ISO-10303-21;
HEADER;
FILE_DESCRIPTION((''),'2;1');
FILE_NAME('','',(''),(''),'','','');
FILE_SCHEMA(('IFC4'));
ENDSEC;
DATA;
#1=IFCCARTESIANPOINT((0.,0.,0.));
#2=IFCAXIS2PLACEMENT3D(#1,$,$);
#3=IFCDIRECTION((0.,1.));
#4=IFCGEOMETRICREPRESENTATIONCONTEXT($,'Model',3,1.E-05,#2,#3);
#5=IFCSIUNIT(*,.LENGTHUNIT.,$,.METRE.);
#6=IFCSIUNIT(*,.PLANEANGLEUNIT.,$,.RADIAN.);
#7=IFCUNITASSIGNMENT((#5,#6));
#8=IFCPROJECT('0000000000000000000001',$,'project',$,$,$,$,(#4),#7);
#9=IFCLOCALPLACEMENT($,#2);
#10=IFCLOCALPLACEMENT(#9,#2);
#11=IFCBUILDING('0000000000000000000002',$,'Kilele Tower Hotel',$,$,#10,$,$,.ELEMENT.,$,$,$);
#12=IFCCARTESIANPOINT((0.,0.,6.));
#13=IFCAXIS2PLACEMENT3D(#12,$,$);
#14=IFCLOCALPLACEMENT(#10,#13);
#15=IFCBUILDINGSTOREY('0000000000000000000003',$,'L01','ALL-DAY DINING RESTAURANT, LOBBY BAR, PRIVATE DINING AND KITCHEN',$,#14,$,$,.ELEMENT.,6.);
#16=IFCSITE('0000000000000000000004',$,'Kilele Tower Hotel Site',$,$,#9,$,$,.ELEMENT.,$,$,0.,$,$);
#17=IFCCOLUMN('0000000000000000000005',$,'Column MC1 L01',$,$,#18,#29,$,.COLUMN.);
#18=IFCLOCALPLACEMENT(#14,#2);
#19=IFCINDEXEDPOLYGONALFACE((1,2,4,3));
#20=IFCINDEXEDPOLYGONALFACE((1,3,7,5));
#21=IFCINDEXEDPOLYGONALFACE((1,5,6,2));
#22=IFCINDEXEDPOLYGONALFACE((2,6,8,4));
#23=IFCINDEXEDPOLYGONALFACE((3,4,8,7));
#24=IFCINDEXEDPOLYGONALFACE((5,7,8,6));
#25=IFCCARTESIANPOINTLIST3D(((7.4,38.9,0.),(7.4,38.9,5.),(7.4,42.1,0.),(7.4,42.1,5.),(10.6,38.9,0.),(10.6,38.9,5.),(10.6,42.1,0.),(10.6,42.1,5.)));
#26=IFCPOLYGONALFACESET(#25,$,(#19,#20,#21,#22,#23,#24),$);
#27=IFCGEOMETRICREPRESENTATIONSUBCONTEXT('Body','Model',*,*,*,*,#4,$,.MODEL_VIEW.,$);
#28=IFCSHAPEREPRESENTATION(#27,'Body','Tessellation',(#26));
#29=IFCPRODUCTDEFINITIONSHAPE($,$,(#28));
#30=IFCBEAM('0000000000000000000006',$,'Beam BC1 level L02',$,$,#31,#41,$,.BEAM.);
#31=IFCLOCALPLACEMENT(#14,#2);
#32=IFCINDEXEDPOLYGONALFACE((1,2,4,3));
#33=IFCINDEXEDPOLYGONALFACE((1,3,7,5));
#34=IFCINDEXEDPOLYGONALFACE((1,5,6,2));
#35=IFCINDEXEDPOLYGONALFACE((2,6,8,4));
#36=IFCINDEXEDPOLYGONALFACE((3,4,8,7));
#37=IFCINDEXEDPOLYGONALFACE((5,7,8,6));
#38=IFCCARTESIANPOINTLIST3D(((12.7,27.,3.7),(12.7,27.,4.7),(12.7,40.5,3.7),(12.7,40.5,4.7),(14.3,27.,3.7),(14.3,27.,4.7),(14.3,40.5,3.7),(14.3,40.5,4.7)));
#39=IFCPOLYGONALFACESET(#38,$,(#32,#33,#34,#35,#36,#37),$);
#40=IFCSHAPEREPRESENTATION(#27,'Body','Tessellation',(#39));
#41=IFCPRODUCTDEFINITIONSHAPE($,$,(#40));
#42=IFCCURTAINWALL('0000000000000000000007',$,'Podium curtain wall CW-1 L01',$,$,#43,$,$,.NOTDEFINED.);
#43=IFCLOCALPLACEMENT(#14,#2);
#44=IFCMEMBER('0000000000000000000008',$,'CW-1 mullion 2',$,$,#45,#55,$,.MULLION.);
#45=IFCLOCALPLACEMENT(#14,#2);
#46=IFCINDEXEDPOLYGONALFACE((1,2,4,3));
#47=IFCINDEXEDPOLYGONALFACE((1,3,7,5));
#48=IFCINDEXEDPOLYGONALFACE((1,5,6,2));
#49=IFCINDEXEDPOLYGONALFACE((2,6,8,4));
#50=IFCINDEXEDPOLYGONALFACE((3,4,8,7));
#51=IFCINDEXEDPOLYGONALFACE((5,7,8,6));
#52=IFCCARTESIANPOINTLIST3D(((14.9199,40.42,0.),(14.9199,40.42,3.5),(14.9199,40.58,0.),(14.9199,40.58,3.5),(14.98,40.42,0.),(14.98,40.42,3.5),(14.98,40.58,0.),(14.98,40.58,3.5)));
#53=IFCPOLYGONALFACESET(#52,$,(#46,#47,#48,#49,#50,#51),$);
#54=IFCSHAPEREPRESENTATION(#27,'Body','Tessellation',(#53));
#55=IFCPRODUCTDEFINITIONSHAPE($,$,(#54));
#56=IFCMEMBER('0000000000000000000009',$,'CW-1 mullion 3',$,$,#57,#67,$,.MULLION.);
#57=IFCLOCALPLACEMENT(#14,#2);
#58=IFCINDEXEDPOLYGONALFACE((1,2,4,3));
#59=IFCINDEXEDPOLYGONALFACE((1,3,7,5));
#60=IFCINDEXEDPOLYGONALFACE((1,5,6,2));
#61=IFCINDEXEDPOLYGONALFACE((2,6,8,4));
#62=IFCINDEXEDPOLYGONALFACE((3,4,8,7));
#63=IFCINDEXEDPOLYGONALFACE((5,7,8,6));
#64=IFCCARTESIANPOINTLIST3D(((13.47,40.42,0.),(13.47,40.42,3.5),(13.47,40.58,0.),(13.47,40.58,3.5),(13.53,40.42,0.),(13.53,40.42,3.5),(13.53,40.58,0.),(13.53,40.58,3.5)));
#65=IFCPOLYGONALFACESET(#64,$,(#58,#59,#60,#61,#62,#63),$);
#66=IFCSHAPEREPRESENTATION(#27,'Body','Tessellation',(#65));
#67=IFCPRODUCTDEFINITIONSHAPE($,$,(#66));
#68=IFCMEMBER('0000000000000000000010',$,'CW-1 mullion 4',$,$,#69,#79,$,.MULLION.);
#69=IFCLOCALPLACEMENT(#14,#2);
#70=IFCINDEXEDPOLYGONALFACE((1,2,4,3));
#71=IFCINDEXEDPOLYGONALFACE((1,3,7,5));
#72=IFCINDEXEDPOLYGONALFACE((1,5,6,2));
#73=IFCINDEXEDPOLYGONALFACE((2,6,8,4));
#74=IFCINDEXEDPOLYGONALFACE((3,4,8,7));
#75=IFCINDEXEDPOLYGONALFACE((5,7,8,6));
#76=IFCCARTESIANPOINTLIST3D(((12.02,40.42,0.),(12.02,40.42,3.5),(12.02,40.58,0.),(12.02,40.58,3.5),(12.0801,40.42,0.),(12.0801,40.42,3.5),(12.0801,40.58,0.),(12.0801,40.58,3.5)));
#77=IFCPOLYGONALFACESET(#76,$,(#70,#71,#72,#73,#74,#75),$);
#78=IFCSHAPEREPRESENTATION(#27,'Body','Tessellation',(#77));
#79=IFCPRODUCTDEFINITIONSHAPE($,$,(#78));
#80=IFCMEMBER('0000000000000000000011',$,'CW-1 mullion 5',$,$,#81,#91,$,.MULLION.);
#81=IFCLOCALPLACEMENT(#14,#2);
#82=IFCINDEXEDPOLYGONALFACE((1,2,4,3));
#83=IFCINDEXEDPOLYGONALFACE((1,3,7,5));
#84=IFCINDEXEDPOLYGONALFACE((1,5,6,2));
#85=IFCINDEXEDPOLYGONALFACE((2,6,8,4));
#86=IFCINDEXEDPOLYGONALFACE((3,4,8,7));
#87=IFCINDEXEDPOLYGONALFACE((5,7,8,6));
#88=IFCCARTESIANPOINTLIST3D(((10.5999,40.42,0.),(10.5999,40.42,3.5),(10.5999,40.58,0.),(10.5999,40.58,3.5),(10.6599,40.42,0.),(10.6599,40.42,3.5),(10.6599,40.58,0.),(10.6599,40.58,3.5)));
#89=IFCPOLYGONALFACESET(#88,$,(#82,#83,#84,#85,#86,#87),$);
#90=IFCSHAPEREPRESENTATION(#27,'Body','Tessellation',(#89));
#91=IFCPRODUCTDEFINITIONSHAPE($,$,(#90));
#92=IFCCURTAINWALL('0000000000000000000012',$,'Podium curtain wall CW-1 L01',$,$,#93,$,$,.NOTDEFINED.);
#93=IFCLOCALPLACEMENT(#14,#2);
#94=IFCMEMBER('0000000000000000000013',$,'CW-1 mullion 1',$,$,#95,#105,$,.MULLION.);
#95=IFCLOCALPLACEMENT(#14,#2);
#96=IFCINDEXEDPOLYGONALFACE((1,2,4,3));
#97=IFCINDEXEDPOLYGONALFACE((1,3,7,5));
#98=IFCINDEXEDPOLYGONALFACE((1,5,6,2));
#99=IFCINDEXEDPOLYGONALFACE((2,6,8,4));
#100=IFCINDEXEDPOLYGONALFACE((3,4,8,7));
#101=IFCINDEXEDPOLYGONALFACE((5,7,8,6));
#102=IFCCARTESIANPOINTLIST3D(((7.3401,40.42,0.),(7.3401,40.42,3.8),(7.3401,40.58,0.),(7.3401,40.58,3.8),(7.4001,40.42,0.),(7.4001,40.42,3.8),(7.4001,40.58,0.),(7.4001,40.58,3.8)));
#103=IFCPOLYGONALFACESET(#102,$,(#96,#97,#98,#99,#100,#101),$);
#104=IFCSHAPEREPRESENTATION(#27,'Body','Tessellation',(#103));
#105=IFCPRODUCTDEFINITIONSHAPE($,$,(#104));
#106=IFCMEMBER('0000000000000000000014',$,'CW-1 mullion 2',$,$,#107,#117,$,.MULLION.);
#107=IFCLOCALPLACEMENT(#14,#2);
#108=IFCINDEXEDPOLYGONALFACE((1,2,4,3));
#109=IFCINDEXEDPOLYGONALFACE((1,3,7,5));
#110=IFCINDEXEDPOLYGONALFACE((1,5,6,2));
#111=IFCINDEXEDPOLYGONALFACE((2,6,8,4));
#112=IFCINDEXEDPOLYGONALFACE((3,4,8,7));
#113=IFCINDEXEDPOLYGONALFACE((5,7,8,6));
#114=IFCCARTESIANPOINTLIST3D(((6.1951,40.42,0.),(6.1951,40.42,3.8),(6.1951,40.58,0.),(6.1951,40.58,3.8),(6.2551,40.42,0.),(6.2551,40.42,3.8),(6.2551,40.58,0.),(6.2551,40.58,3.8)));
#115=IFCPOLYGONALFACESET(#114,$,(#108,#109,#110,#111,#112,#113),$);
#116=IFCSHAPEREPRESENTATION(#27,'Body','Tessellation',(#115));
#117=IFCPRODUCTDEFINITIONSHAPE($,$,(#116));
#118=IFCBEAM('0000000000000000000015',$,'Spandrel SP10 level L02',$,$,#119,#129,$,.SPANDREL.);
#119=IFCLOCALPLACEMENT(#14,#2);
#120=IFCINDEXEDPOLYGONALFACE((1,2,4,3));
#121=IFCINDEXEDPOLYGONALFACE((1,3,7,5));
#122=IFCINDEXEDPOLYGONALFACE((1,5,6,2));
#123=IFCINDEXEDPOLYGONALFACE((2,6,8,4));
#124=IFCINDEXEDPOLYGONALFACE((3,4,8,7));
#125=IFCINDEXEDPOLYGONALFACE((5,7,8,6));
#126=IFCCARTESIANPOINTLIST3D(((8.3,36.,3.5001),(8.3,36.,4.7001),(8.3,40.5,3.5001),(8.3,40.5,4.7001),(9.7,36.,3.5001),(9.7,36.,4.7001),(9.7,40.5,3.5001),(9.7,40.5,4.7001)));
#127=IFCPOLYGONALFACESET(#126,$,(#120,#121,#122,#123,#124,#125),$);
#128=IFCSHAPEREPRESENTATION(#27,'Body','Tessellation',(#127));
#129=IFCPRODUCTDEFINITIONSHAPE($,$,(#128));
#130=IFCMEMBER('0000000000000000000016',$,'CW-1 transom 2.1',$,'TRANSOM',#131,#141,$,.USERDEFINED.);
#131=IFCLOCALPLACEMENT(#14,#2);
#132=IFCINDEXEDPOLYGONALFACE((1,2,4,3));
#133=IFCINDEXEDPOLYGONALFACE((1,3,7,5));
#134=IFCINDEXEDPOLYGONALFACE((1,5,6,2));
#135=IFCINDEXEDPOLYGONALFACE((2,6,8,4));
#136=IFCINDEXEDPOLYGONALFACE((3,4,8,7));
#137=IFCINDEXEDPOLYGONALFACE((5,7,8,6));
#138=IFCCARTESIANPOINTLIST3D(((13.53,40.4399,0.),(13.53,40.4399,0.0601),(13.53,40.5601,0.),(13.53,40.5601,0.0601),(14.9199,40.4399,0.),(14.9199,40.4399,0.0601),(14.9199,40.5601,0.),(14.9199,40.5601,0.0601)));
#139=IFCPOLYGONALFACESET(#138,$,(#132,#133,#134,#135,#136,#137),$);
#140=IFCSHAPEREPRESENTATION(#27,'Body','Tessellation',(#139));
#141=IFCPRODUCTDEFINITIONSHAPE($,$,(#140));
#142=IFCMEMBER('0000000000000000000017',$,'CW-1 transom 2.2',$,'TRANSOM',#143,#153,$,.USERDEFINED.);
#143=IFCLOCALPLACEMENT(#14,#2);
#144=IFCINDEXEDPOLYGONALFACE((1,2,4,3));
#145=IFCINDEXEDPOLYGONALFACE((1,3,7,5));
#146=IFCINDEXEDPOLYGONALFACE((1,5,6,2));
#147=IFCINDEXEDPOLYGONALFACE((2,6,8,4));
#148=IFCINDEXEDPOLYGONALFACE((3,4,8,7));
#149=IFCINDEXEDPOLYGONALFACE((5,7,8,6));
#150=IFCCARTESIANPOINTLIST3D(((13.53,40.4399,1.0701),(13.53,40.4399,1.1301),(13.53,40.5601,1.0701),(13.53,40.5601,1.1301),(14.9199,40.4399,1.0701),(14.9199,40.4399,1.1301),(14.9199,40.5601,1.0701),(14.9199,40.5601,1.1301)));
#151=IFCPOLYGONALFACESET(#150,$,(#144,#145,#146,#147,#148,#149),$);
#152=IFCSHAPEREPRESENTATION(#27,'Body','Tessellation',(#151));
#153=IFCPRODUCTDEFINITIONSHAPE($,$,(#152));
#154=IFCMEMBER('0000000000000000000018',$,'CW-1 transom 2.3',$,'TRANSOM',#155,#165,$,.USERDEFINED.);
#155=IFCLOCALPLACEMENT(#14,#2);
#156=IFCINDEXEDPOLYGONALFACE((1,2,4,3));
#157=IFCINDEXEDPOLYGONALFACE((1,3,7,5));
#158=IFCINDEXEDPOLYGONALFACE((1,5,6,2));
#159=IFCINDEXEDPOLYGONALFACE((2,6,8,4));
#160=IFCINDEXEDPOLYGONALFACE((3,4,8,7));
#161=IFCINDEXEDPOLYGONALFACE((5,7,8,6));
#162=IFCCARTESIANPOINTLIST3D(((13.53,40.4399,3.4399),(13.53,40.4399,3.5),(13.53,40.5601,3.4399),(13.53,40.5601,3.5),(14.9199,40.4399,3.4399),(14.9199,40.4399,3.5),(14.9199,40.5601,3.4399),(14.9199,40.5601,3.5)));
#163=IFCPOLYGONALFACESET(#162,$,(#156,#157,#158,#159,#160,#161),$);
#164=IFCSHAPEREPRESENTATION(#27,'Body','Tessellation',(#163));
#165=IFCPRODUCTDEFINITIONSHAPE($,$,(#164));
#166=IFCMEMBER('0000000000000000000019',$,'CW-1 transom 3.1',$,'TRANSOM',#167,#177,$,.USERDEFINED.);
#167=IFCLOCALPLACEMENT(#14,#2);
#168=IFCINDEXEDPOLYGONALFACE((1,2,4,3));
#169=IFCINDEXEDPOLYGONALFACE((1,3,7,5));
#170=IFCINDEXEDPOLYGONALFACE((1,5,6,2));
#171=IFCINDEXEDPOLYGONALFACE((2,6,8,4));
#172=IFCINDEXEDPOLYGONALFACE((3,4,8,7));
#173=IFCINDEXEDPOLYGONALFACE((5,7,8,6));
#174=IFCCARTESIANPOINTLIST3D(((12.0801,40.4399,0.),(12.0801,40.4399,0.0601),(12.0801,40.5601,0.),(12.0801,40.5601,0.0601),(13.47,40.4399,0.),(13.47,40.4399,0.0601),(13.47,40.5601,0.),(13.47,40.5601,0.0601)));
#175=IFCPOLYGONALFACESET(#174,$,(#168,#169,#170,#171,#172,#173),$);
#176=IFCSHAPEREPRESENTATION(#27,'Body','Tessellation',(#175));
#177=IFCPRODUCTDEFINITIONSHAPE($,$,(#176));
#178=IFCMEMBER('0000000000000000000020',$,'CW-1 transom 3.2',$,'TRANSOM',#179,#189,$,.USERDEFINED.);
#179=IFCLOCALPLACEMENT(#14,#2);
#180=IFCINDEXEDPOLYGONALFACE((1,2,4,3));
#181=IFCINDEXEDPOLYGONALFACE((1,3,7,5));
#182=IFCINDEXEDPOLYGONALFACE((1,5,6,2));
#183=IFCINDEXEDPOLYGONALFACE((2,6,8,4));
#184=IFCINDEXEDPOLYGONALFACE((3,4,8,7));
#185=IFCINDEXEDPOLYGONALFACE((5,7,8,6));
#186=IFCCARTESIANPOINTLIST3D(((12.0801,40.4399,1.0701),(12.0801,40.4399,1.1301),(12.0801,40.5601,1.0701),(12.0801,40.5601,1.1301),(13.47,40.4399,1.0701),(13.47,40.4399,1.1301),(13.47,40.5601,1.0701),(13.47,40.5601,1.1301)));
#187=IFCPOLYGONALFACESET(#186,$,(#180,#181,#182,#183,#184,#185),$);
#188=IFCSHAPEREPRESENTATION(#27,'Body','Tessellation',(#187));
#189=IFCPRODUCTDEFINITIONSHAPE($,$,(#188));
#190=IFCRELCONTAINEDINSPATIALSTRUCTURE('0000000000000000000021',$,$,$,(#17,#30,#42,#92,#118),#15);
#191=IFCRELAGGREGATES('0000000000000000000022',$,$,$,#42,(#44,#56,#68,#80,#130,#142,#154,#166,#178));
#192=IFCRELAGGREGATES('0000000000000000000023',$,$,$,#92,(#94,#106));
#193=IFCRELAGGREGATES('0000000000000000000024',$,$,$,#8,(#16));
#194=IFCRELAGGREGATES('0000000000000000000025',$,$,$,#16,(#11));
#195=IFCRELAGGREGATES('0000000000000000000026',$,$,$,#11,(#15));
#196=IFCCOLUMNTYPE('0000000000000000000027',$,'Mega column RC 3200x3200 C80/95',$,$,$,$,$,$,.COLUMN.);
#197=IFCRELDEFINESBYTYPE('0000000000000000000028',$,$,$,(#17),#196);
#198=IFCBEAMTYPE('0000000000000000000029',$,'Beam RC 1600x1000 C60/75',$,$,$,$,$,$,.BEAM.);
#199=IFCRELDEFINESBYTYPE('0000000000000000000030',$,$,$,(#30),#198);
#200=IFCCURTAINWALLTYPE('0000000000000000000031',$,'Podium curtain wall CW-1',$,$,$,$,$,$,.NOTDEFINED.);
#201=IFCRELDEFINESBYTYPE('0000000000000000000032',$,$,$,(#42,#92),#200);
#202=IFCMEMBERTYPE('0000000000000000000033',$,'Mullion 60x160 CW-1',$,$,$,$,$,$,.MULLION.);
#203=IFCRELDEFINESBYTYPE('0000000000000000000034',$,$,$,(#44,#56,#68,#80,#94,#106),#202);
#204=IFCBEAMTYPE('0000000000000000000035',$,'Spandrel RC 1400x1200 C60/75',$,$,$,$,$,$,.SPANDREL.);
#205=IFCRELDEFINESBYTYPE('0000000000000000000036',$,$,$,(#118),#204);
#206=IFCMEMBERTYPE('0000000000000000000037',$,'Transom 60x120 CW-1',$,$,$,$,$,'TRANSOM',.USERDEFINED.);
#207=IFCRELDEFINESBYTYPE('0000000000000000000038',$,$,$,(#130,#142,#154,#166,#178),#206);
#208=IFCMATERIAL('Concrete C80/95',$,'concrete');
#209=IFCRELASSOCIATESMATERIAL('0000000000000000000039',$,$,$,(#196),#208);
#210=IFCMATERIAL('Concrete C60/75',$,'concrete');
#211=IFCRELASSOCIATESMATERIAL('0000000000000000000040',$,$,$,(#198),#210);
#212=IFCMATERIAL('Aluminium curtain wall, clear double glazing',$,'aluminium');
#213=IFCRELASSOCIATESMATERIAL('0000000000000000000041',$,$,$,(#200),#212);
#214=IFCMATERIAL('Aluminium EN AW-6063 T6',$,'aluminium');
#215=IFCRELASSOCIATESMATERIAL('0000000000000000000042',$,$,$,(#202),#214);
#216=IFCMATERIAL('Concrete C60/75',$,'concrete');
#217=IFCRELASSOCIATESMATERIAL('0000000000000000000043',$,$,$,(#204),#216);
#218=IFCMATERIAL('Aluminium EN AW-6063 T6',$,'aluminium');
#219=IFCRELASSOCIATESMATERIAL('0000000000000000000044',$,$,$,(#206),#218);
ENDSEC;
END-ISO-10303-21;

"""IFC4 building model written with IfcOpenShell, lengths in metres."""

from ifc_helpers import new_model, si_unit, direction, frame, origin, origin_2d, place, context, subcontext, project, spatial, rectangle, extrude, material, material_profile, profile_set, type_object, element, aggregate, save


model = new_model("IFC4")

# Units and contexts
model_context = context("Model", 3, precision=1e-05, world=origin(), true_north=direction((0.0, 1.0)))
body_context = subcontext(model_context, "Body", "Model", "MODEL_VIEW")
ifc_project = project(units=[si_unit("LENGTHUNIT", "METRE"), si_unit("PLANEANGLEUNIT", "RADIAN")], contexts=[model_context])

# Site, building, storey
site_placement = place(None, origin())
site = spatial("IfcSite", under=ifc_project, at=site_placement, Name="Kilele Tower Hotel Site", CompositionType="ELEMENT", RefElevation=0.0)
building_placement = place(site_placement, origin())
building = spatial("IfcBuilding", under=site, at=building_placement, Name="Kilele Tower Hotel", CompositionType="ELEMENT")
storey_placement = place(building_placement, frame((0.0, 0.0, 6.0)))
storey = spatial("IfcBuildingStorey", under=building, at=storey_placement, Name="L01", Description="ALL-DAY DINING RESTAURANT, LOBBY BAR, PRIVATE DINING AND KITCHEN", CompositionType="ELEMENT", Elevation=6.0)

# Column
ifc_material_1 = material(Name="Concrete C80/95", Category="concrete")
ifc_material_profile_1 = material_profile(ifc_material_1, rectangle(XDim=3.2, YDim=3.2, at=origin_2d()))
ifc_profile_set_1 = profile_set([ifc_material_profile_1], Name="Concrete C80/95")
column_type = type_object("IfcColumnType", Name="Mega column RC 3200x3200 C80/95", PredefinedType="COLUMN", material=ifc_profile_set_1)
column_placement = place(storey_placement, frame((9.0, 40.5, 0.0), z_axis=(0.0, 0.0, 1.0), x_axis=(1.0, 0.0, 0.0)))
element("IfcColumn", 1, at=column_placement, inside=storey, type_object=column_type, Name="Column MC1 L01", PredefinedType="COLUMN", context=body_context, shape_type="SweptSolid", body=[
    extrude(rectangle(XDim=3.2, YDim=3.2, at=origin_2d()), origin(), (0.0, 0.0, 1.0), 5.0),
])

# Beam
ifc_material_2 = material(Name="Concrete C60/75", Category="concrete")
ifc_material_profile_2 = material_profile(ifc_material_2, rectangle(XDim=1.6001, YDim=1.0, at=origin_2d()))
ifc_profile_set_2 = profile_set([ifc_material_profile_2], Name="Concrete C60/75")
beam_type_1 = type_object("IfcBeamType", Name="Beam RC 1600x1000 C60/75", PredefinedType="BEAM", material=ifc_profile_set_2)
beam_1_placement = place(storey_placement, frame((13.5, 40.5, 4.2), z_axis=(0.0, -1.0, 0.0), x_axis=(1.0, 0.0, 0.0)))
element("IfcBeam", 2, at=beam_1_placement, inside=storey, type_object=beam_type_1, Name="Beam BC1 level L02", PredefinedType="BEAM", context=body_context, shape_type="SweptSolid", body=[
    extrude(rectangle(XDim=1.6001, YDim=1.0, at=origin_2d()), origin(), (0.0, 0.0, 1.0), 13.5),
])

# Curtain walls, members
ifc_material_3 = material(Name="Aluminium curtain wall, clear double glazing", Category="aluminium")
curtain_wall_type = type_object("IfcCurtainWallType", Name="Podium curtain wall CW-1", PredefinedType="NOTDEFINED", material=ifc_material_3)
curtain_wall_1_placement = place(storey_placement, origin())
curtain_wall_1 = element("IfcCurtainWall", 3, at=curtain_wall_1_placement, inside=storey, type_object=curtain_wall_type, Name="Podium curtain wall CW-1 L01", PredefinedType="NOTDEFINED")
ifc_material_4 = material(Name="Aluminium EN AW-6063 T6", Category="aluminium")
ifc_material_profile_3 = material_profile(ifc_material_4, rectangle(XDim=0.1599, YDim=0.0601, at=origin_2d()))
ifc_profile_set_3 = profile_set([ifc_material_profile_3], Name="Aluminium EN AW-6063 T6")
member_type_1 = type_object("IfcMemberType", Name="Mullion 60x160 CW-1", PredefinedType="MULLION", material=ifc_profile_set_3)
member_1_placement = place(storey_placement, frame((14.95, 40.5, 0.0), z_axis=(0.0, 0.0, 1.0), x_axis=(0.0, -1.0, 0.0)))
member_1 = element("IfcMember", 4, at=member_1_placement, type_object=member_type_1, Name="CW-1 mullion 2", PredefinedType="MULLION", context=body_context, shape_type="SweptSolid", body=[
    extrude(rectangle(XDim=0.1599, YDim=0.0601, at=origin_2d()), origin(), (0.0, 0.0, 1.0), 3.5),
])
member_2_placement = place(storey_placement, frame((13.5, 40.5, 0.0), z_axis=(0.0, 0.0, 1.0), x_axis=(0.0, -1.0, 0.0)))
member_2 = element("IfcMember", 5, at=member_2_placement, type_object=member_type_1, Name="CW-1 mullion 3", PredefinedType="MULLION", context=body_context, shape_type="SweptSolid", body=[
    extrude(rectangle(XDim=0.1599, YDim=0.0601, at=origin_2d()), origin(), (0.0, 0.0, 1.0), 3.5),
])
member_3_placement = place(storey_placement, frame((12.05, 40.5, 0.0), z_axis=(0.0, 0.0, 1.0), x_axis=(0.0, -1.0, 0.0)))
member_3 = element("IfcMember", 6, at=member_3_placement, type_object=member_type_1, Name="CW-1 mullion 4", PredefinedType="MULLION", context=body_context, shape_type="SweptSolid", body=[
    extrude(rectangle(XDim=0.1599, YDim=0.0601, at=origin_2d()), origin(), (0.0, 0.0, 1.0), 3.5),
])
member_4_placement = place(storey_placement, frame((10.6299, 40.5, 0.0), z_axis=(0.0, 0.0, 1.0), x_axis=(0.0, -1.0, 0.0)))
member_4 = element("IfcMember", 7, at=member_4_placement, type_object=member_type_1, Name="CW-1 mullion 5", PredefinedType="MULLION", context=body_context, shape_type="SweptSolid", body=[
    extrude(rectangle(XDim=0.1599, YDim=0.0601, at=origin_2d()), origin(), (0.0, 0.0, 1.0), 3.5),
])
curtain_wall_2_placement = place(storey_placement, origin())
curtain_wall_2 = element("IfcCurtainWall", 8, at=curtain_wall_2_placement, inside=storey, type_object=curtain_wall_type, Name="Podium curtain wall CW-1 L01", PredefinedType="NOTDEFINED")
member_5_placement = place(storey_placement, frame((7.3701, 40.5, 0.0), z_axis=(0.0, 0.0, 1.0), x_axis=(0.0, -1.0, 0.0)))
member_5 = element("IfcMember", 9, at=member_5_placement, type_object=member_type_1, Name="CW-1 mullion 1", PredefinedType="MULLION", context=body_context, shape_type="SweptSolid", body=[
    extrude(rectangle(XDim=0.1599, YDim=0.0601, at=origin_2d()), origin(), (0.0, 0.0, 1.0), 3.8),
])
member_6_placement = place(storey_placement, frame((6.2251, 40.5, 0.0), z_axis=(0.0, 0.0, 1.0), x_axis=(0.0, -1.0, 0.0)))
member_6 = element("IfcMember", 10, at=member_6_placement, type_object=member_type_1, Name="CW-1 mullion 2", PredefinedType="MULLION", context=body_context, shape_type="SweptSolid", body=[
    extrude(rectangle(XDim=0.1599, YDim=0.0601, at=origin_2d()), origin(), (0.0, 0.0, 1.0), 3.8),
])

# Beam
ifc_material_5 = material(Name="Concrete C60/75", Category="concrete")
ifc_material_profile_4 = material_profile(ifc_material_5, rectangle(XDim=1.3999, YDim=1.2, at=origin_2d()))
ifc_profile_set_4 = profile_set([ifc_material_profile_4], Name="Concrete C60/75")
beam_type_2 = type_object("IfcBeamType", Name="Spandrel RC 1400x1200 C60/75", PredefinedType="SPANDREL", material=ifc_profile_set_4)
beam_2_placement = place(storey_placement, frame((9.0, 40.5, 4.1001), z_axis=(0.0, -1.0, 0.0), x_axis=(1.0, 0.0, 0.0)))
element("IfcBeam", 11, at=beam_2_placement, inside=storey, type_object=beam_type_2, Name="Spandrel SP10 level L02", PredefinedType="SPANDREL", context=body_context, shape_type="SweptSolid", body=[
    extrude(rectangle(XDim=1.3999, YDim=1.2, at=origin_2d()), origin(), (0.0, 0.0, 1.0), 4.5),
])

# Members
ifc_material_6 = material(Name="Aluminium EN AW-6063 T6", Category="aluminium")
ifc_material_profile_5 = material_profile(ifc_material_6, rectangle(XDim=0.1201, YDim=0.0601, at=origin_2d()))
ifc_profile_set_5 = profile_set([ifc_material_profile_5], Name="Aluminium EN AW-6063 T6")
member_type_2 = type_object("IfcMemberType", Name="Transom 60x120 CW-1", ElementType="TRANSOM", PredefinedType="USERDEFINED", material=ifc_profile_set_5)
member_7_placement = place(storey_placement, frame((14.9199, 40.5, 0.03), z_axis=(-1.0, 0.0, 0.0), x_axis=(0.0, -1.0, 0.0)))
member_7 = element("IfcMember", 12, at=member_7_placement, type_object=member_type_2, Name="CW-1 transom 2.1", ObjectType="TRANSOM", PredefinedType="USERDEFINED", context=body_context, shape_type="SweptSolid", body=[
    extrude(rectangle(XDim=0.1201, YDim=0.0601, at=origin_2d()), origin(), (0.0, 0.0, 1.0), 1.3899),
])
member_8_placement = place(storey_placement, frame((14.9199, 40.5, 1.1001), z_axis=(-1.0, 0.0, 0.0), x_axis=(0.0, -1.0, 0.0)))
member_8 = element("IfcMember", 13, at=member_8_placement, type_object=member_type_2, Name="CW-1 transom 2.2", ObjectType="TRANSOM", PredefinedType="USERDEFINED", context=body_context, shape_type="SweptSolid", body=[
    extrude(rectangle(XDim=0.1201, YDim=0.0601, at=origin_2d()), origin(), (0.0, 0.0, 1.0), 1.3899),
])
member_9_placement = place(storey_placement, frame((14.9199, 40.5, 3.47), z_axis=(-1.0, 0.0, 0.0), x_axis=(0.0, -1.0, 0.0)))
member_9 = element("IfcMember", 14, at=member_9_placement, type_object=member_type_2, Name="CW-1 transom 2.3", ObjectType="TRANSOM", PredefinedType="USERDEFINED", context=body_context, shape_type="SweptSolid", body=[
    extrude(rectangle(XDim=0.1201, YDim=0.0601, at=origin_2d()), origin(), (0.0, 0.0, 1.0), 1.3899),
])
member_10_placement = place(storey_placement, frame((13.47, 40.5, 0.03), z_axis=(-1.0, 0.0, 0.0), x_axis=(0.0, -1.0, 0.0)))
member_10 = element("IfcMember", 15, at=member_10_placement, type_object=member_type_2, Name="CW-1 transom 3.1", ObjectType="TRANSOM", PredefinedType="USERDEFINED", context=body_context, shape_type="SweptSolid", body=[
    extrude(rectangle(XDim=0.1201, YDim=0.0601, at=origin_2d()), origin(), (0.0, 0.0, 1.0), 1.3899),
])
member_11_placement = place(storey_placement, frame((13.47, 40.5, 1.1001), z_axis=(-1.0, 0.0, 0.0), x_axis=(0.0, -1.0, 0.0)))
member_11 = element("IfcMember", 16, at=member_11_placement, type_object=member_type_2, Name="CW-1 transom 3.2", ObjectType="TRANSOM", PredefinedType="USERDEFINED", context=body_context, shape_type="SweptSolid", body=[
    extrude(rectangle(XDim=0.1201, YDim=0.0601, at=origin_2d()), origin(), (0.0, 0.0, 1.0), 1.3899),
])

aggregate(curtain_wall_1, [member_1, member_2, member_3, member_4, member_7, member_8, member_9, member_10, member_11])
aggregate(curtain_wall_2, [member_5, member_6])

save(model, "model.ifc")
